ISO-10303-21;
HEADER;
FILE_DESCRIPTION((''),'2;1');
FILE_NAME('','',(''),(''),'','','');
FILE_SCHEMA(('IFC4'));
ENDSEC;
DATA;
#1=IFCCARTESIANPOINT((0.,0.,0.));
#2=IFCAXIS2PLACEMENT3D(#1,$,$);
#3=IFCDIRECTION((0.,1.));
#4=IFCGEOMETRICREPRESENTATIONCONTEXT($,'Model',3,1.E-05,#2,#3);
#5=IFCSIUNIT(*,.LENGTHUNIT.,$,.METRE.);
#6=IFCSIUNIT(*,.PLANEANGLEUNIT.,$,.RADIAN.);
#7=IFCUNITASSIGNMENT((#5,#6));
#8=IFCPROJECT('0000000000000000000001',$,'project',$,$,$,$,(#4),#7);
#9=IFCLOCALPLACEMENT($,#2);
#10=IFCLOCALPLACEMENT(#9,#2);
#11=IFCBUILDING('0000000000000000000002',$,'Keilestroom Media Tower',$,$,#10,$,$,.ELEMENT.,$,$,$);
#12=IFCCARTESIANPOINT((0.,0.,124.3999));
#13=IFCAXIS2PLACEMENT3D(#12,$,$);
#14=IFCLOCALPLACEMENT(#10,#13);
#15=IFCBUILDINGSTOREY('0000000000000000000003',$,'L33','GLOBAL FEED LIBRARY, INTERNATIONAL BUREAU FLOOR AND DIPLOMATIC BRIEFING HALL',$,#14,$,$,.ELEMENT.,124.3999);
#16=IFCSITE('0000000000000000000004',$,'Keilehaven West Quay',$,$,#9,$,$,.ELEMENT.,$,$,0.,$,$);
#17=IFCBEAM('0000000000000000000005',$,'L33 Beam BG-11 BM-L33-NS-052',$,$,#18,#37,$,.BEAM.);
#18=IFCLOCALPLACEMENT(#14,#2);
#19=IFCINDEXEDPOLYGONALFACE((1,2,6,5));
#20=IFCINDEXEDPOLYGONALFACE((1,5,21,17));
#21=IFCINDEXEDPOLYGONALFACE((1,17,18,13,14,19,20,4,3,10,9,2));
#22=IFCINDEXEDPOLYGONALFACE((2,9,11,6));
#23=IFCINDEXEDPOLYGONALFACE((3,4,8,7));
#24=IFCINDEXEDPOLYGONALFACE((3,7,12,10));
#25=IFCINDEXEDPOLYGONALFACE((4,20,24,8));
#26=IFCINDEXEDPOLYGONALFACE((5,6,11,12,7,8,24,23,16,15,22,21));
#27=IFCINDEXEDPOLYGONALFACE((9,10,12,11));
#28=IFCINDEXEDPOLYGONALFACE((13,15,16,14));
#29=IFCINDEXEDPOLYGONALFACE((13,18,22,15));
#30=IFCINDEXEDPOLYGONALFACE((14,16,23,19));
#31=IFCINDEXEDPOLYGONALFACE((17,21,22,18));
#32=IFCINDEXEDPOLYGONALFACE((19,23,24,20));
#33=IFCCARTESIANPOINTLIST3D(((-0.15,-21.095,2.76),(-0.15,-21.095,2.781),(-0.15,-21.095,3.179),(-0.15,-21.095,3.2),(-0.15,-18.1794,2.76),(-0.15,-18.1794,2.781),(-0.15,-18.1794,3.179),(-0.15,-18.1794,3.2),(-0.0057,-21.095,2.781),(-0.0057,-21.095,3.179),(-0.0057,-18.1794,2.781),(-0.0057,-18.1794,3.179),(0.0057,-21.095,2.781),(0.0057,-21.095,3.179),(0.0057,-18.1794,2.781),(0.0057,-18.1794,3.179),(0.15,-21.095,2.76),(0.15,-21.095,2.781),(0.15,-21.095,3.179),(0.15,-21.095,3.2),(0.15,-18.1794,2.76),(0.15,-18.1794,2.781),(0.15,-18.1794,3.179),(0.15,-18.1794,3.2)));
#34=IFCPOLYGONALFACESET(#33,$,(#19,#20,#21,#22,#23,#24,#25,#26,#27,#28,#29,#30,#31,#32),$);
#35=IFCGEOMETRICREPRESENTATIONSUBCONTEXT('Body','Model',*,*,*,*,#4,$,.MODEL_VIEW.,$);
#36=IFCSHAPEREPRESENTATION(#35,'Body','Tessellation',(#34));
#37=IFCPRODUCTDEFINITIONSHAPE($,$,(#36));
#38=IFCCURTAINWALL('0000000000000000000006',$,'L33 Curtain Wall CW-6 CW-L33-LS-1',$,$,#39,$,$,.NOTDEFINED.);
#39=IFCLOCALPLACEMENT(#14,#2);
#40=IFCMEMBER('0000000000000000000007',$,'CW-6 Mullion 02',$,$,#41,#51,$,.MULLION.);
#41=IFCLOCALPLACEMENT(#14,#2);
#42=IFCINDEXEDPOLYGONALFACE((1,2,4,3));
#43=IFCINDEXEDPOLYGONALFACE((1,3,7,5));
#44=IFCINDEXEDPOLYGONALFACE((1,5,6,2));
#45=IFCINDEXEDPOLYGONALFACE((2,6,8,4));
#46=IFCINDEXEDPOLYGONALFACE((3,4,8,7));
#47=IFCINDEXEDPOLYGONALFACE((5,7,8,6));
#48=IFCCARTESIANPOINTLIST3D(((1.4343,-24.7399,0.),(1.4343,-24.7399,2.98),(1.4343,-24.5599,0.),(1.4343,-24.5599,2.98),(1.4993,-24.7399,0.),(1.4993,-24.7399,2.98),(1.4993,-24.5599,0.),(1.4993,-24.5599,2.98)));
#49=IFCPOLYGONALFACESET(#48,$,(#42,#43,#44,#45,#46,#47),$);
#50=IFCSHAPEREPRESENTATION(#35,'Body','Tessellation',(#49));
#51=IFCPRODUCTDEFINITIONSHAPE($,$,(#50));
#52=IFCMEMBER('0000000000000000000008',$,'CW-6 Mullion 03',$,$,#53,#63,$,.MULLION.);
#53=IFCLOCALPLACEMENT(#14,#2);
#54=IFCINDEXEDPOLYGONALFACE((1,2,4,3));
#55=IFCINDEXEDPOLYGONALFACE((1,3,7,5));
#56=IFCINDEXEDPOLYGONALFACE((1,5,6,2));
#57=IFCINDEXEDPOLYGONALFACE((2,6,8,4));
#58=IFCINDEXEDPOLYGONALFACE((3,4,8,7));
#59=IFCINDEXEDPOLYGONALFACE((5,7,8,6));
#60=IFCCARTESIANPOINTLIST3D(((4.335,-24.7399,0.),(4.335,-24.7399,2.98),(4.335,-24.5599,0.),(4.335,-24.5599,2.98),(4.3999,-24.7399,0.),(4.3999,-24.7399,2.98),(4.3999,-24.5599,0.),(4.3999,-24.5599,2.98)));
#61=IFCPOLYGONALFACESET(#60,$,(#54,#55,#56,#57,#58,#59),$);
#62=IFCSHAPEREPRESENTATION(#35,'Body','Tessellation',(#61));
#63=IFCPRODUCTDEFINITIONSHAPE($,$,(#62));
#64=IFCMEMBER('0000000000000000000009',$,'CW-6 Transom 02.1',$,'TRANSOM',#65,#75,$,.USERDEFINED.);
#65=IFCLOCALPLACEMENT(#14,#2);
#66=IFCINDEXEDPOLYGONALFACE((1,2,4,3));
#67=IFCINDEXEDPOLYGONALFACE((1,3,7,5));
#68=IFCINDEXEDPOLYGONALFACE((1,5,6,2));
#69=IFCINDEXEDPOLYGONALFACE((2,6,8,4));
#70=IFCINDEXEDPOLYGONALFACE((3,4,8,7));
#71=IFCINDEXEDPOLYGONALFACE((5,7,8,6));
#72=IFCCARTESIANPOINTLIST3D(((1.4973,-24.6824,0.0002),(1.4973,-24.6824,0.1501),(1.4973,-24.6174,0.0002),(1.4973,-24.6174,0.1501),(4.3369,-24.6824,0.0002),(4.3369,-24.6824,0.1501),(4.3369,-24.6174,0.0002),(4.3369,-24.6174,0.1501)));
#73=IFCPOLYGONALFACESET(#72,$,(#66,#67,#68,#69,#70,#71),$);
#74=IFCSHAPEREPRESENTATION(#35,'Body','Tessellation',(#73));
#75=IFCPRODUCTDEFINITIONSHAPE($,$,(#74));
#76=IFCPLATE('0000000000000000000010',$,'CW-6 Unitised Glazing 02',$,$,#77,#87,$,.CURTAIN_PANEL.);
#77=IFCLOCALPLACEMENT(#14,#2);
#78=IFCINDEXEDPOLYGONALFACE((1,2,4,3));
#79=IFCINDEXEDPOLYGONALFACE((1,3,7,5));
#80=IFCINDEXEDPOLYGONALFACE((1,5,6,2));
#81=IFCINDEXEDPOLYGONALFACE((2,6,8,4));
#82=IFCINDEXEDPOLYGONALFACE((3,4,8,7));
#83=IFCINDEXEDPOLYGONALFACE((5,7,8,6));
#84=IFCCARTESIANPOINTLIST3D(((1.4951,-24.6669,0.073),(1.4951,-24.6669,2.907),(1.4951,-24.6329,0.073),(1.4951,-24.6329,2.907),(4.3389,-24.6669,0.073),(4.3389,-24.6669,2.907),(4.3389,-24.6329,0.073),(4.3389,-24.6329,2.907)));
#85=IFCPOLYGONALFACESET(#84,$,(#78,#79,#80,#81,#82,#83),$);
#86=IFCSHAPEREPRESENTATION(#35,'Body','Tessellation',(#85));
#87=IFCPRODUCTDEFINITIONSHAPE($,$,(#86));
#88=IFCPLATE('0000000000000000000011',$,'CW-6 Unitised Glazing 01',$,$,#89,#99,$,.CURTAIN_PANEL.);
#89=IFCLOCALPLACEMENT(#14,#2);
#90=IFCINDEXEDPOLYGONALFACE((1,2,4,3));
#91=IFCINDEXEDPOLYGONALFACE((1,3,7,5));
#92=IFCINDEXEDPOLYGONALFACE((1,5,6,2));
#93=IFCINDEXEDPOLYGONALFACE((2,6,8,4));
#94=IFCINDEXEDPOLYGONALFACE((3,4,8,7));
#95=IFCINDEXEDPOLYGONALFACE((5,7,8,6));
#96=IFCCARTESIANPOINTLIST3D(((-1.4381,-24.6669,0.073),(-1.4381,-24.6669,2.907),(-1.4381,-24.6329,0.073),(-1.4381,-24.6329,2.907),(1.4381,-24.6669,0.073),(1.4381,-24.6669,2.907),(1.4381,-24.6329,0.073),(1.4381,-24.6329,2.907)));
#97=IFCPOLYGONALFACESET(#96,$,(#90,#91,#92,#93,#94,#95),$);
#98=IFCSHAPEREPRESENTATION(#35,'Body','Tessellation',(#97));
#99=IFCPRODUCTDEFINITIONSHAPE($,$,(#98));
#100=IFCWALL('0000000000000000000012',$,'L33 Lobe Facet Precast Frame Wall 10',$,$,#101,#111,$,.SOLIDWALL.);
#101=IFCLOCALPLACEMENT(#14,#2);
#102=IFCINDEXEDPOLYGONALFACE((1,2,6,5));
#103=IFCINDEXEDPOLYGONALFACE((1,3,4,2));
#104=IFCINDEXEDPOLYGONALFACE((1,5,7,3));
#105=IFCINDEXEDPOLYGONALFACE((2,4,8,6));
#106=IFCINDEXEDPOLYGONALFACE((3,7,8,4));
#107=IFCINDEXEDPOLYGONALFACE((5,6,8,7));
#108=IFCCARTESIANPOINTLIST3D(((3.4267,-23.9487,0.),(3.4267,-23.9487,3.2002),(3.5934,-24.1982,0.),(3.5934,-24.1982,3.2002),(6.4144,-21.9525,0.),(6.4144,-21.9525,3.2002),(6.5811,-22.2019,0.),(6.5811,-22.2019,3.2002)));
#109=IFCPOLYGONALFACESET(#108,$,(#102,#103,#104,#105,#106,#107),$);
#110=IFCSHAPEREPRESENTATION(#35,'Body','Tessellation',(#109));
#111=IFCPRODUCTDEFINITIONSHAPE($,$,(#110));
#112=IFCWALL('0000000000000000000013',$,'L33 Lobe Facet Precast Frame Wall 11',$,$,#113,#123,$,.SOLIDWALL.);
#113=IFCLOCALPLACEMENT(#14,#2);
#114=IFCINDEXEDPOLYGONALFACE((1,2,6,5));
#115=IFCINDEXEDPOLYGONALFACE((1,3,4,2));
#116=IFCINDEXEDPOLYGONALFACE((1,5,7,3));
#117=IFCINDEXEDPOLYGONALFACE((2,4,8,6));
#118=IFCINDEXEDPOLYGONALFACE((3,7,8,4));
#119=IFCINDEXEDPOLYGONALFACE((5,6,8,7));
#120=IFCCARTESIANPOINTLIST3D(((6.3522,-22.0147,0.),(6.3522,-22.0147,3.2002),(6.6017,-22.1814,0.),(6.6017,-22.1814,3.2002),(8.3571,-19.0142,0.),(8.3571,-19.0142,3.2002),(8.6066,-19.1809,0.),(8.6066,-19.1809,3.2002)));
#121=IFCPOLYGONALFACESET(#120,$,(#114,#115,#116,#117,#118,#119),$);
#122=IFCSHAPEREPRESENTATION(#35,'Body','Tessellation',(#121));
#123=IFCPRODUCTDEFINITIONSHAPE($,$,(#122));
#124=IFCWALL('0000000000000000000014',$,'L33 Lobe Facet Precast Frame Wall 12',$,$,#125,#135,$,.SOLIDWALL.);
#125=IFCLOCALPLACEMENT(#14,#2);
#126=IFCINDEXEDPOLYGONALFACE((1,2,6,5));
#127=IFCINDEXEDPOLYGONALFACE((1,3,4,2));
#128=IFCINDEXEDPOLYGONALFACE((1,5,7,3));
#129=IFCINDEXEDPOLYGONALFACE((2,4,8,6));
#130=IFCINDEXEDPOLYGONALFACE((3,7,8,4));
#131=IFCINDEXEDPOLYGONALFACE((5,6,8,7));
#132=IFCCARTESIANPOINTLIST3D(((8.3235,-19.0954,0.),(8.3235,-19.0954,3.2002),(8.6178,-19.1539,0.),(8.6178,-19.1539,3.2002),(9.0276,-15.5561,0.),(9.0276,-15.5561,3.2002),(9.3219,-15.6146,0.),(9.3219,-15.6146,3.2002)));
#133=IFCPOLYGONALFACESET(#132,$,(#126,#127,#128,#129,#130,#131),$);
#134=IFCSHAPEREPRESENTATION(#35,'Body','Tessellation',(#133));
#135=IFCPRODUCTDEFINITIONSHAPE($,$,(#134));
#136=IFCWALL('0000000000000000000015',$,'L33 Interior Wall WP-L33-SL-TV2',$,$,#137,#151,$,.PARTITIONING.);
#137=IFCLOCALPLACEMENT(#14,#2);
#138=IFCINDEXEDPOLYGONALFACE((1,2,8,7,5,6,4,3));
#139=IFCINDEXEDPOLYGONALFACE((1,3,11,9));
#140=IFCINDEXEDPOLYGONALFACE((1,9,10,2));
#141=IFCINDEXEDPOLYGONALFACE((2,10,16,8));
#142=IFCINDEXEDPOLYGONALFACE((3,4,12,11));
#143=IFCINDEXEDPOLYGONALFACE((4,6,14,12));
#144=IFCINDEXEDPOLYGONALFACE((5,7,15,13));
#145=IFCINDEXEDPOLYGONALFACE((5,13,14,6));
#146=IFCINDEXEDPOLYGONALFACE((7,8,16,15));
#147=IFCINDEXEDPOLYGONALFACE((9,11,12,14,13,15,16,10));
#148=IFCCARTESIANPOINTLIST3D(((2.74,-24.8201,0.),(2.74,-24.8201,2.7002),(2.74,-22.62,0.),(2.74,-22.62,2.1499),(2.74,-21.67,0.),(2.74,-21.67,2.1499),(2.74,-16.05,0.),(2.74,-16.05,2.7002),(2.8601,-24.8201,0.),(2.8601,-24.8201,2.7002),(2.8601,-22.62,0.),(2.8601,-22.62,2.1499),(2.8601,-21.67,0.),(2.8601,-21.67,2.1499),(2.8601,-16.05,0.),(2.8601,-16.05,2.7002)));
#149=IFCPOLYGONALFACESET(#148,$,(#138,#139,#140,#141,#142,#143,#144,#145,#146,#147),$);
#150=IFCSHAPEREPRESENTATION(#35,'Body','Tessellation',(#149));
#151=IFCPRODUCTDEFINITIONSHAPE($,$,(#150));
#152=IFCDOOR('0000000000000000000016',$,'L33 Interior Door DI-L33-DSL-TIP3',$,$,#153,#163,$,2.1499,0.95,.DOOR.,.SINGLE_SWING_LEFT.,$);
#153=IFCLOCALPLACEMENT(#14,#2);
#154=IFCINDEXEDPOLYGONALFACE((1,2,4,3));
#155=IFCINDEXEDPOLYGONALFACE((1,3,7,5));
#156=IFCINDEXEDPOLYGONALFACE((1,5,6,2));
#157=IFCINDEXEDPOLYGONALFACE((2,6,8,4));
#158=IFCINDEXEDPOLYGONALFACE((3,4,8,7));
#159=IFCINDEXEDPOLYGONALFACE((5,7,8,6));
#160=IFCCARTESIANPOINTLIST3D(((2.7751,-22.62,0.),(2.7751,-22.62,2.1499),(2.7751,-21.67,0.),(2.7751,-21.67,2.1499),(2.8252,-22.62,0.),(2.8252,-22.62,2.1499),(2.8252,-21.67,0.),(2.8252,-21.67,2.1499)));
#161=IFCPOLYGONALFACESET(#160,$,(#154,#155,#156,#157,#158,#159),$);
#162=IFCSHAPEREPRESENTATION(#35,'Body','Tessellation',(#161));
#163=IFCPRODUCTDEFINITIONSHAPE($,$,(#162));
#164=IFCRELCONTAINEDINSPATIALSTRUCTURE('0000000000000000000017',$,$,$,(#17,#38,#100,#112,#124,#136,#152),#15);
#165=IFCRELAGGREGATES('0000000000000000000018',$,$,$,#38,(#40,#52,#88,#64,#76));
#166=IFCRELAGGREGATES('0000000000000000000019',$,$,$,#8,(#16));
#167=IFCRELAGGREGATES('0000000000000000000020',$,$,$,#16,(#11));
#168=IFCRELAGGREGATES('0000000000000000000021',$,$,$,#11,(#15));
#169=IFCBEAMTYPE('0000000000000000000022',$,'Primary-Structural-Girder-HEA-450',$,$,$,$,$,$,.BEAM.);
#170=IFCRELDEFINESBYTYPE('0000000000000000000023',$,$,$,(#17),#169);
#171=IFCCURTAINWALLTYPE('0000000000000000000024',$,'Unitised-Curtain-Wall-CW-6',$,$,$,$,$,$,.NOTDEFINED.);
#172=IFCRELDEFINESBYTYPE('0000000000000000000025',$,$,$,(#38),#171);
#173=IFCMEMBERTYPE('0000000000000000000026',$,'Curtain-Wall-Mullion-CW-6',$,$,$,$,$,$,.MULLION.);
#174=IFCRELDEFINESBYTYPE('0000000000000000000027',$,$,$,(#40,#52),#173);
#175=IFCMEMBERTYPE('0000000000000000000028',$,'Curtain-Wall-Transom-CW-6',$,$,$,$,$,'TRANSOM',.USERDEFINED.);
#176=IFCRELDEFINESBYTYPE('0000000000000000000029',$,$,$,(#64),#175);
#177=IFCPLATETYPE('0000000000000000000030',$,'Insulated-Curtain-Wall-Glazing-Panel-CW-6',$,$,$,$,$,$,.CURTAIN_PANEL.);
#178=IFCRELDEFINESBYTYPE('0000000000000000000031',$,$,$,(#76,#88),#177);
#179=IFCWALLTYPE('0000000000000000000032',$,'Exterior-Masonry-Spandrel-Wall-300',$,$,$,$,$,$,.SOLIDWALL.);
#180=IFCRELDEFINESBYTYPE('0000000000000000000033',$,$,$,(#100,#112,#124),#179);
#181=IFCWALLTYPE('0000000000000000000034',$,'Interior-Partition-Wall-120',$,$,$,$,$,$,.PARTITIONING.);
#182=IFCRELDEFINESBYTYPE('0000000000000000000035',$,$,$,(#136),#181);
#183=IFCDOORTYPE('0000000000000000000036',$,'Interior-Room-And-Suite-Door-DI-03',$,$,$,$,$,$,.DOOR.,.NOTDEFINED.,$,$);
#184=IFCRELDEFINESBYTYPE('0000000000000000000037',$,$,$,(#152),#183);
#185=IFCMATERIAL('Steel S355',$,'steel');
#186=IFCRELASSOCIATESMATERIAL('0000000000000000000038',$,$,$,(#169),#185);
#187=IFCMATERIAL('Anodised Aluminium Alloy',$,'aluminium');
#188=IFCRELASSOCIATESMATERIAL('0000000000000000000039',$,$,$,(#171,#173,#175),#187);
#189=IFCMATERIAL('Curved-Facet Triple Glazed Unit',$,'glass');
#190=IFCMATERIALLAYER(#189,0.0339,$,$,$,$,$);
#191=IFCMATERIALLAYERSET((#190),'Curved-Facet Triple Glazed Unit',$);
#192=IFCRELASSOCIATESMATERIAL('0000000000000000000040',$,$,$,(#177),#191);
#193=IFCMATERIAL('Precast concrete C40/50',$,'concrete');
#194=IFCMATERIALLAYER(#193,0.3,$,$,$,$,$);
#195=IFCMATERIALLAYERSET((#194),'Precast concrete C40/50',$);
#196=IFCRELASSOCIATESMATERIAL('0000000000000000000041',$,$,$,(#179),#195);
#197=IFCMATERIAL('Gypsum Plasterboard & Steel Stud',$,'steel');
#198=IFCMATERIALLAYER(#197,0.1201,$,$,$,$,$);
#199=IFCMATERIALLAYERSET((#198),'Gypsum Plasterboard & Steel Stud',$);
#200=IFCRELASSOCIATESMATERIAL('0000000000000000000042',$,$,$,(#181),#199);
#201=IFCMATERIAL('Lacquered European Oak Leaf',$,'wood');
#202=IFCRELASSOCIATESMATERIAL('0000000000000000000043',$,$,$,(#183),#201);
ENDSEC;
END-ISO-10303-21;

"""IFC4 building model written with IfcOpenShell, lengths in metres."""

from ifc_helpers import new_model, si_unit, direction, frame, frame_2d, origin, origin_2d, place, context, subcontext, project, spatial, rectangle, i_section, extrude, source, transform, mapped, material, layer, layer_set, material_profile, profile_set, type_object, element, fill, aggregate, save


model = new_model("IFC4")

# Units and contexts
model_context = context("Model", 3, precision=1e-05, world=origin(), true_north=direction((0.0, 1.0)))
body_context = subcontext(model_context, "Body", "Model", "MODEL_VIEW")
ifc_project = project(units=[si_unit("LENGTHUNIT", "METRE"), si_unit("PLANEANGLEUNIT", "RADIAN")], contexts=[model_context])

# Site, building, storey
site_placement = place(None, origin())
site = spatial("IfcSite", under=ifc_project, at=site_placement, Name="Keilehaven West Quay", CompositionType="ELEMENT", RefElevation=0.0)
building_placement = place(site_placement, origin())
building = spatial("IfcBuilding", under=site, at=building_placement, Name="Keilestroom Media Tower", CompositionType="ELEMENT")
storey_placement = place(building_placement, frame((0.0, 0.0, 124.3999)))
storey = spatial("IfcBuildingStorey", under=building, at=storey_placement, Name="L33", Description="GLOBAL FEED LIBRARY, INTERNATIONAL BUREAU FLOOR AND DIPLOMATIC BRIEFING HALL", CompositionType="ELEMENT", Elevation=124.3999)

# Shared definitions
ifc_material_1 = material(Name="Steel S355", Category="steel")

# Beam
ifc_material_profile_1 = material_profile(ifc_material_1, i_section(OverallWidth=0.3, OverallDepth=0.4399, WebThickness=0.0115, FlangeThickness=0.021, at=origin_2d()), Name="HEA 450")
ifc_profile_set_1 = profile_set([ifc_material_profile_1], Name="Steel S355")
beam_type_1 = type_object("IfcBeamType", Name="Primary-Structural-Girder-HEA-450", PredefinedType="BEAM", material=ifc_profile_set_1)
shared_shape_1 = source(origin(), body_context, "Body", "SweptSolid", [
    extrude(i_section(OverallWidth=0.3, OverallDepth=0.4399, WebThickness=0.0115, FlangeThickness=0.021, at=origin_2d()), origin(), (0.0, 0.0, 1.0), 2.9155),
])
beam_1_placement = place(storey_placement, frame((0.0, -21.095, 2.98), z_axis=(0.0, 1.0, 0.0), x_axis=(-1.0, 0.0, 0.0)))
element("IfcBeam", 1, at=beam_1_placement, inside=storey, type_object=beam_type_1, Name="L33 Beam BG-11 BM-L33-NS-052", PredefinedType="BEAM", context=body_context, shape_type="MappedRepresentation", body=[
    mapped(shared_shape_1, transform((0.0, 0.0, 0.0), x_axis=(1.0, 0.0, 0.0), y_axis=(0.0, 1.0, 0.0), z_axis=(0.0, 0.0, 1.0), scale=1.0)),
])

# Curtain wall, members, plates
ifc_material_2 = material(Name="Anodised Aluminium Alloy", Category="aluminium")
curtain_wall_type = type_object("IfcCurtainWallType", Name="Unitised-Curtain-Wall-CW-6", PredefinedType="NOTDEFINED", material=ifc_material_2)
curtain_wall_placement = place(storey_placement, origin())
curtain_wall = element("IfcCurtainWall", 2, at=curtain_wall_placement, inside=storey, type_object=curtain_wall_type, Name="L33 Curtain Wall CW-6 CW-L33-LS-1", PredefinedType="NOTDEFINED")
ifc_material_profile_2 = material_profile(ifc_material_2, rectangle(XDim=0.0649, YDim=0.1799, at=origin_2d()), Name="ALU MULLION 65x180")
ifc_profile_set_2 = profile_set([ifc_material_profile_2], Name="Anodised Aluminium Alloy")
member_type_1 = type_object("IfcMemberType", Name="Curtain-Wall-Mullion-CW-6", PredefinedType="MULLION", material=ifc_profile_set_2)
shared_shape_2 = source(origin(), body_context, "Body", "SweptSolid", [
    extrude(rectangle(XDim=0.0649, YDim=0.1799, at=origin_2d()), origin(), (0.0, 0.0, 1.0), 2.98),
])
member_1_placement = place(storey_placement, frame((1.4668, -24.6499, 0.0), z_axis=(0.0, 0.0, 1.0), x_axis=(1.0, 0.0, 0.0)))
member_1 = element("IfcMember", 3, at=member_1_placement, type_object=member_type_1, Name="CW-6 Mullion 02", PredefinedType="MULLION", context=body_context, shape_type="MappedRepresentation", body=[
    mapped(shared_shape_2, transform((0.0, 0.0, 0.0), x_axis=(1.0, 0.0, 0.0), y_axis=(0.0, 1.0, 0.0), z_axis=(0.0, 0.0, 1.0), scale=1.0)),
])
member_2_placement = place(storey_placement, frame((4.3674, -24.6499, 0.0), z_axis=(0.0, 0.0, 1.0), x_axis=(1.0, 0.0, 0.0)))
member_2 = element("IfcMember", 4, at=member_2_placement, type_object=member_type_1, Name="CW-6 Mullion 03", PredefinedType="MULLION", context=body_context, shape_type="MappedRepresentation", body=[
    mapped(shared_shape_2, transform((0.0, 0.0, 0.0), x_axis=(1.0, 0.0, 0.0), y_axis=(0.0, 1.0, 0.0), z_axis=(0.0, 0.0, 1.0), scale=1.0)),
])
ifc_material_profile_3 = material_profile(ifc_material_2, rectangle(XDim=0.0649, YDim=0.1499, at=origin_2d()), Name="ALU TRANSOM 65x150")
ifc_profile_set_3 = profile_set([ifc_material_profile_3], Name="Anodised Aluminium Alloy")
member_type_2 = type_object("IfcMemberType", Name="Curtain-Wall-Transom-CW-6", ElementType="TRANSOM", PredefinedType="USERDEFINED", material=ifc_profile_set_3)
shared_shape_3 = source(origin(), body_context, "Body", "SweptSolid", [
    extrude(rectangle(XDim=0.0649, YDim=0.1499, at=origin_2d()), origin(), (0.0, 0.0, 1.0), 2.8396),
])
member_3_placement = place(storey_placement, frame((1.4973, -24.6499, 0.0752), z_axis=(1.0, 0.0, 0.0), x_axis=(0.0, 1.0, 0.0)))
member_3 = element("IfcMember", 5, at=member_3_placement, type_object=member_type_2, Name="CW-6 Transom 02.1", ObjectType="TRANSOM", PredefinedType="USERDEFINED", context=body_context, shape_type="MappedRepresentation", body=[
    mapped(shared_shape_3, transform((0.0, 0.0, 0.0), x_axis=(1.0, 0.0, 0.0), y_axis=(0.0, 1.0, 0.0), z_axis=(0.0, 0.0, 1.0), scale=1.0)),
])
ifc_material_3 = material(Name="Curved-Facet Triple Glazed Unit", Category="glass")
ifc_layer_1 = layer(ifc_material_3, 0.0339)
ifc_layer_set_1 = layer_set([ifc_layer_1], Name="Curved-Facet Triple Glazed Unit")
plate_type = type_object("IfcPlateType", Name="Insulated-Curtain-Wall-Glazing-Panel-CW-6", PredefinedType="CURTAIN_PANEL", material=ifc_layer_set_1)
shared_shape_4 = source(origin(), body_context, "Body", "SweptSolid", [
    extrude(rectangle(XDim=2.8438, YDim=0.0339, at=origin_2d()), origin(), (0.0, 0.0, 1.0), 2.834),
])
plate_1_placement = place(storey_placement, frame((2.917, -24.6499, 0.073), z_axis=(0.0, 0.0, 1.0), x_axis=(1.0, 0.0, 0.0)))
plate_1 = element("IfcPlate", 6, at=plate_1_placement, type_object=plate_type, Name="CW-6 Unitised Glazing 02", PredefinedType="CURTAIN_PANEL", context=body_context, shape_type="MappedRepresentation", body=[
    mapped(shared_shape_4, transform((0.0, 0.0, 0.0), x_axis=(1.0, 0.0, 0.0), y_axis=(0.0, 1.0, 0.0), z_axis=(0.0, 0.0, 1.0), scale=1.0)),
])
shared_shape_5 = source(origin(), body_context, "Body", "SweptSolid", [
    extrude(rectangle(XDim=2.8762, YDim=0.0339, at=origin_2d()), origin(), (0.0, 0.0, 1.0), 2.834),
])
plate_2_placement = place(storey_placement, frame((0.0, -24.6499, 0.073), z_axis=(0.0, 0.0, 1.0), x_axis=(1.0, 0.0, 0.0)))
plate_2 = element("IfcPlate", 7, at=plate_2_placement, type_object=plate_type, Name="CW-6 Unitised Glazing 01", PredefinedType="CURTAIN_PANEL", context=body_context, shape_type="MappedRepresentation", body=[
    mapped(shared_shape_5, transform((0.0, 0.0, 0.0), x_axis=(1.0, 0.0, 0.0), y_axis=(0.0, 1.0, 0.0), z_axis=(0.0, 0.0, 1.0), scale=1.0)),
])
aggregate(curtain_wall, [member_1, member_2, plate_2, member_3, plate_1])

# Walls
ifc_material_4 = material(Name="Precast concrete C40/50", Category="concrete")
ifc_layer_2 = layer(ifc_material_4, 0.3)
ifc_layer_set_2 = layer_set([ifc_layer_2], Name="Precast concrete C40/50")
wall_type_1 = type_object("IfcWallType", Name="Exterior-Masonry-Spandrel-Wall-300", PredefinedType="SOLIDWALL", material=ifc_layer_set_2)
wall_1_placement = place(storey_placement, frame((3.51, -24.0735, 0.0), z_axis=(0.0, 0.0, 1.0), x_axis=(0.831475, 0.555562, 0.0)))
element("IfcWall", 8, at=wall_1_placement, inside=storey, type_object=wall_type_1, Name="L33 Lobe Facet Precast Frame Wall 10", PredefinedType="SOLIDWALL", context=body_context, shape_type="SweptSolid", body=[
    extrude(rectangle(XDim=3.5933, YDim=0.3, at=frame_2d((1.7966, 0.0))), origin(), (0.0, 0.0, 1.0), 3.2002),
])
for number, where, z_axis, x_axis, name in (
    (9, (6.4771, -22.0979, 0.0), (0.0, 0.0, 1.0), (0.555574, 0.831467, 0.0), "L33 Lobe Facet Precast Frame Wall 11"),
    (10, (8.4707, -19.1245, 0.0), (0.0, 0.0, 1.0), (0.195114, 0.980781, 0.0), "L33 Lobe Facet Precast Frame Wall 12"),
):
    element("IfcWall", number, at=place(storey_placement, frame(where, z_axis=z_axis, x_axis=x_axis)), inside=storey, type_object=wall_type_1, Name=name, PredefinedType="SOLIDWALL", context=body_context, shape_type="SweptSolid", body=[
        extrude(rectangle(XDim=3.6086, YDim=0.3, at=frame_2d((1.8042, 0.0))), origin(), (0.0, 0.0, 1.0), 3.2002),
    ])

# Wall, opening, door
ifc_material_5 = material(Name="Gypsum Plasterboard & Steel Stud", Category="steel")
ifc_layer_3 = layer(ifc_material_5, 0.1201)
ifc_layer_set_3 = layer_set([ifc_layer_3], Name="Gypsum Plasterboard & Steel Stud")
wall_type_2 = type_object("IfcWallType", Name="Interior-Partition-Wall-120", PredefinedType="PARTITIONING", material=ifc_layer_set_3)
wall_2_placement = place(storey_placement, frame((2.8, -24.8201, 0.0), z_axis=(0.0, 0.0, 1.0), x_axis=(0.0, 1.0, 0.0)))
wall_2 = element("IfcWall", 11, at=wall_2_placement, inside=storey, type_object=wall_type_2, Name="L33 Interior Wall WP-L33-SL-TV2", PredefinedType="PARTITIONING", context=body_context, shape_type="SweptSolid", body=[
    extrude(rectangle(XDim=8.77, YDim=0.1201, at=frame_2d((4.385, 0.0))), origin(), (0.0, 0.0, 1.0), 2.7002),
])
opening_placement = place(wall_2_placement, frame((2.2, 0.0, 0.0)))
opening = element("IfcOpeningElement", 12, at=opening_placement, cuts=wall_2, PredefinedType="OPENING", context=body_context, shape_type="SweptSolid", body=[
    extrude(rectangle(XDim=0.95, YDim=2.1499, at=frame_2d((0.4751, 1.075))), frame((0.0, 0.0701, 0.0), z_axis=(0.0, -1.0, 0.0), x_axis=(1.0, 0.0, 0.0)), (0.0, 0.0, 1.0), 0.1401),
])
ifc_material_6 = material(Name="Lacquered European Oak Leaf", Category="wood")
door_type = type_object("IfcDoorType", Name="Interior-Room-And-Suite-Door-DI-03", OperationType="NOTDEFINED", PredefinedType="DOOR", material=ifc_material_6)
shared_shape_6 = source(origin(), body_context, "Body", "SweptSolid", [
    extrude(rectangle(XDim=0.95, YDim=2.1499, at=frame_2d((0.4751, 1.075))), frame((0.0, 0.0249, 0.0), z_axis=(0.0, -1.0, 0.0), x_axis=(1.0, 0.0, 0.0)), (0.0, 0.0, 1.0), 0.05),
])
door_placement = place(opening_placement, origin())
door = element("IfcDoor", 13, at=door_placement, inside=storey, type_object=door_type, Name="L33 Interior Door DI-L33-DSL-TIP3", OperationType="SINGLE_SWING_LEFT", OverallHeight=2.1499, OverallWidth=0.95, PredefinedType="DOOR", context=body_context, shape_type="MappedRepresentation", body=[
    mapped(shared_shape_6, transform((0.0, 0.0, 0.0), x_axis=(1.0, 0.0, 0.0), y_axis=(0.0, 1.0, 0.0), z_axis=(0.0, 0.0, 1.0), scale=1.0)),
])
fill(opening, door)

save(model, "model.ifc")
